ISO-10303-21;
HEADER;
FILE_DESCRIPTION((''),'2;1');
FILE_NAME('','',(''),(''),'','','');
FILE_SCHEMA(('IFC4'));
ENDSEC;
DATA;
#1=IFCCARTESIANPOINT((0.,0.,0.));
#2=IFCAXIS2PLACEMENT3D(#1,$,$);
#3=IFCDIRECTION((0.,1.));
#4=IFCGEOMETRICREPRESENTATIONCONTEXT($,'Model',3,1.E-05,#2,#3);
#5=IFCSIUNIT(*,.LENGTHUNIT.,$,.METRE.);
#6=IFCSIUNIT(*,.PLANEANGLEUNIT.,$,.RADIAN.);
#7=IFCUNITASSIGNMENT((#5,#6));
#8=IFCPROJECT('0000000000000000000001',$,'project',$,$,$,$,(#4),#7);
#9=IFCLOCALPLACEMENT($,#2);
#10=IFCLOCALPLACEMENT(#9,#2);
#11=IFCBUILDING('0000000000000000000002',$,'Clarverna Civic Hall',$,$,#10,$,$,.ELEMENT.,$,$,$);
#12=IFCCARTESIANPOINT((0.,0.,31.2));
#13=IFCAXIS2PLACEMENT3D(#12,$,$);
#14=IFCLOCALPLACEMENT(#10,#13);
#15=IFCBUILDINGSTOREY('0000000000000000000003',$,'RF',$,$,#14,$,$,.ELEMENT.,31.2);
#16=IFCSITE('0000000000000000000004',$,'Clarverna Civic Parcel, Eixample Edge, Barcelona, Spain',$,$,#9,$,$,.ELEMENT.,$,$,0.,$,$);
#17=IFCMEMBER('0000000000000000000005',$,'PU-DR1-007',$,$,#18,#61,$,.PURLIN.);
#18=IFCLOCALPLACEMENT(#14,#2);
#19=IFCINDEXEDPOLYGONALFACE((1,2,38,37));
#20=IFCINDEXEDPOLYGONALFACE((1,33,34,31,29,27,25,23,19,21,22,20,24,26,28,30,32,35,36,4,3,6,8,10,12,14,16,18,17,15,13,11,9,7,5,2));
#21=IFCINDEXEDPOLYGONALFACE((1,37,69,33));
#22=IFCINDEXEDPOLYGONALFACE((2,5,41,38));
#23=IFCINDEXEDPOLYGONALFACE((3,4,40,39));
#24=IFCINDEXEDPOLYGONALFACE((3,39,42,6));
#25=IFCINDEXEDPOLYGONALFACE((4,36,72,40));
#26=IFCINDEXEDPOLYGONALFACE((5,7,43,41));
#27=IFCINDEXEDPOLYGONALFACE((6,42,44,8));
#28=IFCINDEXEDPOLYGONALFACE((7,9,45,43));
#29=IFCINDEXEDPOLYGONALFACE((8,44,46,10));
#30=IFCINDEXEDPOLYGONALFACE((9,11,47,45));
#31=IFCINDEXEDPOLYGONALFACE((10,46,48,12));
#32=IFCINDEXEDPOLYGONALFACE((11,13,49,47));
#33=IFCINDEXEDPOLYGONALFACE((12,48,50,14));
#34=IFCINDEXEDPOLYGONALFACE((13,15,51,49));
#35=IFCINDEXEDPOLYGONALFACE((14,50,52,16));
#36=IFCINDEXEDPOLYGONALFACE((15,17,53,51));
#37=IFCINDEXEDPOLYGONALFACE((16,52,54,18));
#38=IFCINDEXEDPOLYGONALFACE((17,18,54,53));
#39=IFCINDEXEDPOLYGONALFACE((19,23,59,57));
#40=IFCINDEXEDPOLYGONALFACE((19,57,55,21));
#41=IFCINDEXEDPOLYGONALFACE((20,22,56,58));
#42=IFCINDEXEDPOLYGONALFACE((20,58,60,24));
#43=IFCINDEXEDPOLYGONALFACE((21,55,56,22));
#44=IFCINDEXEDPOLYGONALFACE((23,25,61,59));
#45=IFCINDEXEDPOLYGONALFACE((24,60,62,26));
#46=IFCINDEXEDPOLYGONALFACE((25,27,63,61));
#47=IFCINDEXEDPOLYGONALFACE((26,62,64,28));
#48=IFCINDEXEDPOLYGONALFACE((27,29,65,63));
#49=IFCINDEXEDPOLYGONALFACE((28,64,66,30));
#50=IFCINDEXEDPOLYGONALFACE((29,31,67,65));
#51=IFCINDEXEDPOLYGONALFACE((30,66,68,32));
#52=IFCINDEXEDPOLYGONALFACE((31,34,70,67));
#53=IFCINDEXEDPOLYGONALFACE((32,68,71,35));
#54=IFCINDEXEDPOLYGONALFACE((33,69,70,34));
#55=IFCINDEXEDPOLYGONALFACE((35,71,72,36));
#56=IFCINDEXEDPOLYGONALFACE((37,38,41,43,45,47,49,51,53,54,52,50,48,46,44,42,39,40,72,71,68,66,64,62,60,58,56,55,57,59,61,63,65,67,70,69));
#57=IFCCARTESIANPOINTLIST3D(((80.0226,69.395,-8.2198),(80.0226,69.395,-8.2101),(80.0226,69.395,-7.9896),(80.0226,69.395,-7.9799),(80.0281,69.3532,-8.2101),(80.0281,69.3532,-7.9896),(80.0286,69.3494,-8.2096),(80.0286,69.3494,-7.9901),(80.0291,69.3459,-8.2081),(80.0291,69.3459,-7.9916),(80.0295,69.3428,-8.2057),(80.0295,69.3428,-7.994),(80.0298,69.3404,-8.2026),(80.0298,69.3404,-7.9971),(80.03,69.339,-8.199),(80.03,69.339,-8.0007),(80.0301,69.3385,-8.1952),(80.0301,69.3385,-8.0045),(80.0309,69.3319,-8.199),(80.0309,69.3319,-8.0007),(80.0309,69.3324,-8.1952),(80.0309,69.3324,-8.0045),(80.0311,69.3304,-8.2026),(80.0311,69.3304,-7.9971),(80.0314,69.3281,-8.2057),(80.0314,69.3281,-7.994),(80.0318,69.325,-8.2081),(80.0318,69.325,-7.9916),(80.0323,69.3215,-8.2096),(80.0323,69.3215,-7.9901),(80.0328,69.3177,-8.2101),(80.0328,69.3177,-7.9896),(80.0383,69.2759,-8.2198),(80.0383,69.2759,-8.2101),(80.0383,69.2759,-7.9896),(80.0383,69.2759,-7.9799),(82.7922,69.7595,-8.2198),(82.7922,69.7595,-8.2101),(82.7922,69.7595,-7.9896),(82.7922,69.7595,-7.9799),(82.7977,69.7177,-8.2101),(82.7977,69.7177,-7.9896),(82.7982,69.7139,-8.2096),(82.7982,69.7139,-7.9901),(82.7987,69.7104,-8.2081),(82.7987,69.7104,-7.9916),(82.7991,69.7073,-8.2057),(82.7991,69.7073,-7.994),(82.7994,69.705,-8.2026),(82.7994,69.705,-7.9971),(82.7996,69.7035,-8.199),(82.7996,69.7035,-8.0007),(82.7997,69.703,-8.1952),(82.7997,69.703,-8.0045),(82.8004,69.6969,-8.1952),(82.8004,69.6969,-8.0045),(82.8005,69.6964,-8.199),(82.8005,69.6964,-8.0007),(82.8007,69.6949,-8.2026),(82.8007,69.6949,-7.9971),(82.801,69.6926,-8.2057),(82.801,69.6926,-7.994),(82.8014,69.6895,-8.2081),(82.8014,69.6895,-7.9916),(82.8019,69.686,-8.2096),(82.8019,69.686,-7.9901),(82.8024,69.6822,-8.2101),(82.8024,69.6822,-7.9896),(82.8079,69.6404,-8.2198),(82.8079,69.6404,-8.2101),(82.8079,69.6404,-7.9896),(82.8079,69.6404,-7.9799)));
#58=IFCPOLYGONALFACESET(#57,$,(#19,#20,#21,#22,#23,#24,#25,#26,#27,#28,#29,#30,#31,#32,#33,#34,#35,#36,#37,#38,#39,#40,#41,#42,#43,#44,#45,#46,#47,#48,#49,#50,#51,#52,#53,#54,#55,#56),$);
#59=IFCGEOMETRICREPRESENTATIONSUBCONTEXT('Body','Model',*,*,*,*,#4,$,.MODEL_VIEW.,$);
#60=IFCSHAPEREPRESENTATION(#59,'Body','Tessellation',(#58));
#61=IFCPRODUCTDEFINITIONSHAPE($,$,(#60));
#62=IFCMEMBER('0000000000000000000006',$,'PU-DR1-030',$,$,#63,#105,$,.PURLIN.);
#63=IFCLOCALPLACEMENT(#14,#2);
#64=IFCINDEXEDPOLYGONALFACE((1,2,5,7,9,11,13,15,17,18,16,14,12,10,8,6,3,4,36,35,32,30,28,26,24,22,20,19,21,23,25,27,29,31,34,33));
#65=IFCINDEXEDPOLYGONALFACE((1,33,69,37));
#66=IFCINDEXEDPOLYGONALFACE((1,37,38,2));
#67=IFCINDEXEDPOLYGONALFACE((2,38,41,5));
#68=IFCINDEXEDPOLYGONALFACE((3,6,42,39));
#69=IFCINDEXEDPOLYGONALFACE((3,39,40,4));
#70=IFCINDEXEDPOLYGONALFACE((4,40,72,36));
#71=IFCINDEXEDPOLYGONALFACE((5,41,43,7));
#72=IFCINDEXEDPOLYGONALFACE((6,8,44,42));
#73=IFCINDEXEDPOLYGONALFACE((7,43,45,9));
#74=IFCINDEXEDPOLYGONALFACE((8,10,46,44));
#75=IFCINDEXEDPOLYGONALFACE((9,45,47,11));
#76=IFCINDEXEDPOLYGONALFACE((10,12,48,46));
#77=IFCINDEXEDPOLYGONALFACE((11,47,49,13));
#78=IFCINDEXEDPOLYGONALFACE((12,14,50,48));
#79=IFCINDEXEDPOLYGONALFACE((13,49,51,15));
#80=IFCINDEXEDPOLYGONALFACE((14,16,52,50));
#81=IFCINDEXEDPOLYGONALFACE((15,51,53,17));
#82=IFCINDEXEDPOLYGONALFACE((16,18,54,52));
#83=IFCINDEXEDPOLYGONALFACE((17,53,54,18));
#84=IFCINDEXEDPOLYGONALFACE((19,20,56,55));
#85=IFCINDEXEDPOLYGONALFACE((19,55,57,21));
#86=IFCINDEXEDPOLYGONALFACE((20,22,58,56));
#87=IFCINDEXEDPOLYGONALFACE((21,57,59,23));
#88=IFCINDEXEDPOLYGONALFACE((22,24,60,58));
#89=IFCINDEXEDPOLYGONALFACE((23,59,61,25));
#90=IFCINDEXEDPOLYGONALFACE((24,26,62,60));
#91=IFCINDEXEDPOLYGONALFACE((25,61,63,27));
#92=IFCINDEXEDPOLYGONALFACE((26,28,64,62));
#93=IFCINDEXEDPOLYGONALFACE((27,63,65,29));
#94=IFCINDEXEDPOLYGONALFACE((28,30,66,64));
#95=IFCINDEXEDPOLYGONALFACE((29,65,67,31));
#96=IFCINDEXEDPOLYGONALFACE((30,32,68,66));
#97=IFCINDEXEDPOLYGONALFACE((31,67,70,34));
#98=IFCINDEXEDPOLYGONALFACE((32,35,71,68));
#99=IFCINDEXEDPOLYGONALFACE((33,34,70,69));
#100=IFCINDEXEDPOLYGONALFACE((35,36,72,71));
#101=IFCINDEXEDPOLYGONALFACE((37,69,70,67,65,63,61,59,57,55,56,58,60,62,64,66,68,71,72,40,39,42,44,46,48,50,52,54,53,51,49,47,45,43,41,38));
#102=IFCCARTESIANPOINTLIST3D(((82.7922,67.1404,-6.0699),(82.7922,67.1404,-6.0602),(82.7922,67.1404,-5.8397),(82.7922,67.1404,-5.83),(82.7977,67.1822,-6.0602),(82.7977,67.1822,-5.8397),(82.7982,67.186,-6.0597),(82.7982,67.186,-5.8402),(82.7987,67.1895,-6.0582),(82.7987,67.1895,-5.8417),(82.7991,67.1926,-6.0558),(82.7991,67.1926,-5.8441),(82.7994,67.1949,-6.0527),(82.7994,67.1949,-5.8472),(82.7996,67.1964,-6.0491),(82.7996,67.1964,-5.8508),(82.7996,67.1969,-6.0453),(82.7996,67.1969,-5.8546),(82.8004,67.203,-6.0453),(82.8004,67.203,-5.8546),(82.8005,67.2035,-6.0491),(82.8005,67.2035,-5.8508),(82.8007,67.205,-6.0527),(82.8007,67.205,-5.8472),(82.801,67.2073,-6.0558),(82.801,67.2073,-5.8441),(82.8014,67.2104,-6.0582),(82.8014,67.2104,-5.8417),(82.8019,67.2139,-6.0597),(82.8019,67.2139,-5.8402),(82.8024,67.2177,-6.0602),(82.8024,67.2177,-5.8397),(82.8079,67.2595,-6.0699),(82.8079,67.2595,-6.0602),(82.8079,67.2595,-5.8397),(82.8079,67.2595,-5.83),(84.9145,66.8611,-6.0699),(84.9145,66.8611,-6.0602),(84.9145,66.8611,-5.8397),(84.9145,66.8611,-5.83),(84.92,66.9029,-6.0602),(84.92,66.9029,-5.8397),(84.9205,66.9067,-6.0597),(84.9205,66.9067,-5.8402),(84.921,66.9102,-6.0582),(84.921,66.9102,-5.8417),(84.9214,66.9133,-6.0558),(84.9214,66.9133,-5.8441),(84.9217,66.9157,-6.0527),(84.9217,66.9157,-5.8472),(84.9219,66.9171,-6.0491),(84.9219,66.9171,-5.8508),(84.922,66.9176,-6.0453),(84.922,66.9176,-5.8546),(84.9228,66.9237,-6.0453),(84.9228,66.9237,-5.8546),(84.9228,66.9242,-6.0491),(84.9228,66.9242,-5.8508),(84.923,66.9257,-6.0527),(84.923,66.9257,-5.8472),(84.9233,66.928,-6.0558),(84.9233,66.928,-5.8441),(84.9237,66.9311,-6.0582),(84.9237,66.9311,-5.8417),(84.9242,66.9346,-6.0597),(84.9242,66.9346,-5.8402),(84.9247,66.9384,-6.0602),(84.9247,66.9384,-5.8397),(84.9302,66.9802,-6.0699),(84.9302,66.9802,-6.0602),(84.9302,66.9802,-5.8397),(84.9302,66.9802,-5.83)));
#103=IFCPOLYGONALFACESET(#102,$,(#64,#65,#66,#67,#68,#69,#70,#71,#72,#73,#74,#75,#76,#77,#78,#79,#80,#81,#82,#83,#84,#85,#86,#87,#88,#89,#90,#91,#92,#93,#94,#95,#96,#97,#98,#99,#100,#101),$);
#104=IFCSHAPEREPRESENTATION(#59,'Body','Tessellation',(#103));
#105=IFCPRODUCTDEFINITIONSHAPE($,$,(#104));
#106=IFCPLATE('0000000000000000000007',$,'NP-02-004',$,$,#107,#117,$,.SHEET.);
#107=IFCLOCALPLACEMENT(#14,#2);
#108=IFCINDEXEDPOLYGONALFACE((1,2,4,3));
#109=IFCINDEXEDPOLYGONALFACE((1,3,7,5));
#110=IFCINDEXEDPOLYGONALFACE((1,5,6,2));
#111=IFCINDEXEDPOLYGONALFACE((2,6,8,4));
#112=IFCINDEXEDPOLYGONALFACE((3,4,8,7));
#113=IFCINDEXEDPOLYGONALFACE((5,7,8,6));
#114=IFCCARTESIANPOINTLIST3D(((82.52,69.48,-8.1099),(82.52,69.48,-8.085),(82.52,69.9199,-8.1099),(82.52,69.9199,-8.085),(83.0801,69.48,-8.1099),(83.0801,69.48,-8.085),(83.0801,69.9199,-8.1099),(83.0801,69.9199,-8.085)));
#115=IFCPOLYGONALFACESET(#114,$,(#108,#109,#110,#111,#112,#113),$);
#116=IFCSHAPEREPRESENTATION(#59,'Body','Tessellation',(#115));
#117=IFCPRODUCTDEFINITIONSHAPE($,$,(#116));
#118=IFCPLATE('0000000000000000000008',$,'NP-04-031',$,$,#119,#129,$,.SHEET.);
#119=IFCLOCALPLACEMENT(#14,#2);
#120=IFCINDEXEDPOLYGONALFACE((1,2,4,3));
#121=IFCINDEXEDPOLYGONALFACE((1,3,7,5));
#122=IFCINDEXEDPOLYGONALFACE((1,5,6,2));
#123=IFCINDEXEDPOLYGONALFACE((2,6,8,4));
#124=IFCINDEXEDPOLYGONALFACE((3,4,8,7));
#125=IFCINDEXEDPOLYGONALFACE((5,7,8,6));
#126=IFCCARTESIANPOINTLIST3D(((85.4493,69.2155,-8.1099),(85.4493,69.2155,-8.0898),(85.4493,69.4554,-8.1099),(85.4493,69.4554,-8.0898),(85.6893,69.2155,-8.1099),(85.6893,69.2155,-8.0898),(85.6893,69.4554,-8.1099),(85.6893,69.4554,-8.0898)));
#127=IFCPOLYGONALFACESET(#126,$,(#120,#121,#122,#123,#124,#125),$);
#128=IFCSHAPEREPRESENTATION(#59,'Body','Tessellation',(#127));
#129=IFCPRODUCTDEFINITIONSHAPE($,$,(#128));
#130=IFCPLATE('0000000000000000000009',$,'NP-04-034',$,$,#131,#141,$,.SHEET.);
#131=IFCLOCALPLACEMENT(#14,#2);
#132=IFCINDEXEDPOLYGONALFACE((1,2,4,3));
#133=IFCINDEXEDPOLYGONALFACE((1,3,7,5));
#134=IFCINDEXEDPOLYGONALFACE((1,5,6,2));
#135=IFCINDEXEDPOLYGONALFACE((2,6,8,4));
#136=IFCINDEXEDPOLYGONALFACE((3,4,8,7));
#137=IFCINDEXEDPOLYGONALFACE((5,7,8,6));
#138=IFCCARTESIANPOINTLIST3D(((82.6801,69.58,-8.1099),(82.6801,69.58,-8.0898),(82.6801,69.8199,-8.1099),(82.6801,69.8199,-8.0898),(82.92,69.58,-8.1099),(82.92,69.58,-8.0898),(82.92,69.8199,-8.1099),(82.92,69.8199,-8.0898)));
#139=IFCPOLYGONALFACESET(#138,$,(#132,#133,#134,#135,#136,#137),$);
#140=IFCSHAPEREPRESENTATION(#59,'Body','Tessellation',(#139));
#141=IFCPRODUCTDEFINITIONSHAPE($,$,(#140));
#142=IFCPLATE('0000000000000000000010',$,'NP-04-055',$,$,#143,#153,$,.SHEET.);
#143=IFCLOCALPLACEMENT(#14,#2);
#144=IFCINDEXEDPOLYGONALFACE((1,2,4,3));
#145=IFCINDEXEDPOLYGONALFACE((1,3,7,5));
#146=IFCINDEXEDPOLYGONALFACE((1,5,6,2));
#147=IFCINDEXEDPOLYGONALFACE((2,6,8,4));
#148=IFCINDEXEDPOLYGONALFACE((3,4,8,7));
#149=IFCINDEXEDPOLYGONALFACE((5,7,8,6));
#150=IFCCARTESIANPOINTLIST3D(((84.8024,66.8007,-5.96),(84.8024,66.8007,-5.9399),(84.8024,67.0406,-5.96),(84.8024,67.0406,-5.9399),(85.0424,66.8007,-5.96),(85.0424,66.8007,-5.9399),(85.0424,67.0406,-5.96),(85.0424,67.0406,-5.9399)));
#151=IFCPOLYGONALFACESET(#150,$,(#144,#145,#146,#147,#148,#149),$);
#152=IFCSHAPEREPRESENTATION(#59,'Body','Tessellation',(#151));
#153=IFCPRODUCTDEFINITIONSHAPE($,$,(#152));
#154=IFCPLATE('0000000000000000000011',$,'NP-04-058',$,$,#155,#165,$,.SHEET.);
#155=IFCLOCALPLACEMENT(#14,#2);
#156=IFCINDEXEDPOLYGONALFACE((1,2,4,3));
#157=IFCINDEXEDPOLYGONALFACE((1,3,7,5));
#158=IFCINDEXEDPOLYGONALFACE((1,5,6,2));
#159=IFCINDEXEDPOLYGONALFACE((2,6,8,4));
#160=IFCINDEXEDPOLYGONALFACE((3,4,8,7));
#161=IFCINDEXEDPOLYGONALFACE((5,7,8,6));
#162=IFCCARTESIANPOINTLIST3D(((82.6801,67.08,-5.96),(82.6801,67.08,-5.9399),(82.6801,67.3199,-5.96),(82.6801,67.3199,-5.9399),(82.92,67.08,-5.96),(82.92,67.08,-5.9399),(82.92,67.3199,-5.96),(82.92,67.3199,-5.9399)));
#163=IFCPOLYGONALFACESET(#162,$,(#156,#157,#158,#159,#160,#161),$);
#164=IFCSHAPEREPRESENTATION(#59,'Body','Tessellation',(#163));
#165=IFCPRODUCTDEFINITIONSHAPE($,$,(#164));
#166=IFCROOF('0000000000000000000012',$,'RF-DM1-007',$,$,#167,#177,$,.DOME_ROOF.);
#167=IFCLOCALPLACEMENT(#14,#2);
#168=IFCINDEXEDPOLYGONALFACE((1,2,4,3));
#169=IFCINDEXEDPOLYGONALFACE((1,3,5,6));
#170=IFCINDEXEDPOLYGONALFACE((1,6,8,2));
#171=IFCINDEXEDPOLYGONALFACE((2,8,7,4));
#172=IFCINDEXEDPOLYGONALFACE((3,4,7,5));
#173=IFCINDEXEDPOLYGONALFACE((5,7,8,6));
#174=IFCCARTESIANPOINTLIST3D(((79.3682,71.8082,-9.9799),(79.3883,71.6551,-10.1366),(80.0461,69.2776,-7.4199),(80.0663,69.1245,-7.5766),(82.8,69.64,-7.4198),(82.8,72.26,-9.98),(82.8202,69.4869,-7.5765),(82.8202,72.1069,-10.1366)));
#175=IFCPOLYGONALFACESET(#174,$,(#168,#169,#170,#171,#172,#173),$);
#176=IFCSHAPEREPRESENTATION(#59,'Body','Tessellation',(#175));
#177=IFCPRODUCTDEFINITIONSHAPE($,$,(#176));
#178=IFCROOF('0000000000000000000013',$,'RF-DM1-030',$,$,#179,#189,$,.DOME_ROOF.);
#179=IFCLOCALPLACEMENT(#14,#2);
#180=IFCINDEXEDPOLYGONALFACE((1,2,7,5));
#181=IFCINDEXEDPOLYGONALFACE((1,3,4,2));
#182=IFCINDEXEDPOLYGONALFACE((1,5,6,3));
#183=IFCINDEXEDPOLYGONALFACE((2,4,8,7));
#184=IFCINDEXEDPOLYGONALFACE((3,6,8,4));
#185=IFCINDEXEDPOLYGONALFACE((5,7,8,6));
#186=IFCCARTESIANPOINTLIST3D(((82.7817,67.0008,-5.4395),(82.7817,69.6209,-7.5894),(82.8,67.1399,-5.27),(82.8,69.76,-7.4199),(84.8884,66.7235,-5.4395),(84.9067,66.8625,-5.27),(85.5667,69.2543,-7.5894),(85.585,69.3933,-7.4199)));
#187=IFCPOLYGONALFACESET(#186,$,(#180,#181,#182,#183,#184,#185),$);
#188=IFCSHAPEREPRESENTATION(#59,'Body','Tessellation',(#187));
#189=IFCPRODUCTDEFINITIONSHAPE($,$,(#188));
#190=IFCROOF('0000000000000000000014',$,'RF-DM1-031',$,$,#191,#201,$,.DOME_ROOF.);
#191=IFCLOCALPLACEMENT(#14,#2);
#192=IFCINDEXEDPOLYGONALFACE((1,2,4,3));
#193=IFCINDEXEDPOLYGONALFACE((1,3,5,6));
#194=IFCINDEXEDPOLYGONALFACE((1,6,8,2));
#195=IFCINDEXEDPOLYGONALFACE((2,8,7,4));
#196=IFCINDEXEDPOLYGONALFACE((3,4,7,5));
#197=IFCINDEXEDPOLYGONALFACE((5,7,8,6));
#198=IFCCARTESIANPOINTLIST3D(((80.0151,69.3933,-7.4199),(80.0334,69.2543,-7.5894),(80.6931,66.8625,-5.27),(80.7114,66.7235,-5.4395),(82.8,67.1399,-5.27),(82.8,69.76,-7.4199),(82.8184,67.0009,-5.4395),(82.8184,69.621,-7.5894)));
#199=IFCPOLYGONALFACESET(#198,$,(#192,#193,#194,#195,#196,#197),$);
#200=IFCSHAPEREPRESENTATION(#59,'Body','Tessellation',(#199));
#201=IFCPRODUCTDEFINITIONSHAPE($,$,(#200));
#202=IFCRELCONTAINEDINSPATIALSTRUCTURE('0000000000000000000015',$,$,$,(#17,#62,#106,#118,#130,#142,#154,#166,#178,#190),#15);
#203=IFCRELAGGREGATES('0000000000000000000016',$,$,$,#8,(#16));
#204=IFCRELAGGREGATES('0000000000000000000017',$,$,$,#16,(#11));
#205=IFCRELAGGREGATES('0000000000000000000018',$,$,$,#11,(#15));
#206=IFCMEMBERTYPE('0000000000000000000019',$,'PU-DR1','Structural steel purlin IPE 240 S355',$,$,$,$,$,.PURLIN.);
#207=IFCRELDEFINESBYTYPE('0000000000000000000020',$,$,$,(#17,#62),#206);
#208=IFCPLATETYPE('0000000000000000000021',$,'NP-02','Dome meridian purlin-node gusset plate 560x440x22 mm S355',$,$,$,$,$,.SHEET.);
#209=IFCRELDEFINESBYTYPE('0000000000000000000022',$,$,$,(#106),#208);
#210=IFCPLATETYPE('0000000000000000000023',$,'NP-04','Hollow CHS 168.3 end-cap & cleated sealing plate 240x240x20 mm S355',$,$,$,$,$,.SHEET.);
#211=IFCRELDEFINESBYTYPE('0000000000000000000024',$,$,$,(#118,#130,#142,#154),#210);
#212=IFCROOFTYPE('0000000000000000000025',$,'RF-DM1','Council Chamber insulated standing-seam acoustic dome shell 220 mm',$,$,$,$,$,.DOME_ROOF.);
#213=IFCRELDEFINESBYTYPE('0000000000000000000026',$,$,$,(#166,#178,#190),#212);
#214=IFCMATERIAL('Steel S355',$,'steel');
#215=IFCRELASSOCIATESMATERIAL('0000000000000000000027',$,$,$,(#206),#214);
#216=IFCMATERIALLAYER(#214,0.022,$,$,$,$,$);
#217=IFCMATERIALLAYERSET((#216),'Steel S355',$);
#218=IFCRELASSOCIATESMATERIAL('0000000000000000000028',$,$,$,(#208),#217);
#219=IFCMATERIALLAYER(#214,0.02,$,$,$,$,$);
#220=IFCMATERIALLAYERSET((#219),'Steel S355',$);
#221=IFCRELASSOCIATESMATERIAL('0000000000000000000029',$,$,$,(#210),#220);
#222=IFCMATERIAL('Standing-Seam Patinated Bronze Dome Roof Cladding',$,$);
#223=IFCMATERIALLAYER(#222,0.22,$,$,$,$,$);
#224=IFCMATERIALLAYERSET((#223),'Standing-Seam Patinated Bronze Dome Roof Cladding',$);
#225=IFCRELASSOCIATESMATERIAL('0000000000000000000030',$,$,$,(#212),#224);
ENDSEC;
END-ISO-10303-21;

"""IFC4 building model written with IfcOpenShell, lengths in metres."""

from ifc_helpers import new_model, si_unit, direction, frame, origin, origin_2d, place, context, subcontext, project, spatial, polyline, rectangle, i_section, outline, extrude, material, layer, layer_set, material_profile, profile_set, type_object, element, save


model = new_model("IFC4")

# Units and contexts
model_context = context("Model", 3, precision=1e-05, world=origin(), true_north=direction((0.0, 1.0)))
body_context = subcontext(model_context, "Body", "Model", "MODEL_VIEW")
ifc_project = project(units=[si_unit("LENGTHUNIT", "METRE"), si_unit("PLANEANGLEUNIT", "RADIAN")], contexts=[model_context])

# Site, building, storey
site_placement = place(None, origin())
site = spatial("IfcSite", under=ifc_project, at=site_placement, Name="Clarverna Civic Parcel, Eixample Edge, Barcelona, Spain", CompositionType="ELEMENT", RefElevation=0.0)
building_placement = place(site_placement, origin())
building = spatial("IfcBuilding", under=site, at=building_placement, Name="Clarverna Civic Hall", CompositionType="ELEMENT")
storey_placement = place(building_placement, frame((0.0, 0.0, 31.2)))
storey = spatial("IfcBuildingStorey", under=building, at=storey_placement, Name="RF", CompositionType="ELEMENT", Elevation=31.2)

# Members
ifc_material_1 = material(Name="Steel S355", Category="steel")
ifc_material_profile_1 = material_profile(ifc_material_1, i_section(OverallWidth=0.1201, OverallDepth=0.24, WebThickness=0.0061, FlangeThickness=0.0098, FilletRadius=0.0149, at=origin_2d()), Name="IPE 240")
ifc_profile_set_1 = profile_set([ifc_material_profile_1], Name="Steel S355")
member_type_1 = type_object("IfcMemberType", Name="PU-DR1", Description="Structural steel purlin IPE 240 S355", PredefinedType="PURLIN", material=ifc_profile_set_1)
member_1_placement = place(storey_placement, frame((82.8, 69.7, -8.0999), z_axis=(-0.99145, -0.130486, 0.0), x_axis=(0.130486, -0.99145, 0.0)))
element("IfcMember", 1, at=member_1_placement, inside=storey, type_object=member_type_1, Name="PU-DR1-007", PredefinedType="PURLIN", context=body_context, shape_type="SweptSolid", body=[
    extrude(i_section(OverallWidth=0.1201, OverallDepth=0.24, WebThickness=0.0061, FlangeThickness=0.0098, FilletRadius=0.0149, at=origin_2d()), origin(), (0.0, 0.0, 1.0), 2.7935),
])
member_2_placement = place(storey_placement, frame((84.9224, 66.9207, -5.95), z_axis=(-0.991452, 0.130475, 0.0), x_axis=(-0.130475, -0.991452, 0.0)))
element("IfcMember", 2, at=member_2_placement, inside=storey, type_object=member_type_1, Name="PU-DR1-030", PredefinedType="PURLIN", context=body_context, shape_type="SweptSolid", body=[
    extrude(i_section(OverallWidth=0.1201, OverallDepth=0.24, WebThickness=0.0061, FlangeThickness=0.0098, FilletRadius=0.0149, at=origin_2d()), origin(), (0.0, 0.0, 1.0), 2.1406),
])

# Plates
ifc_layer_1 = layer(ifc_material_1, 0.022)
ifc_layer_set_1 = layer_set([ifc_layer_1], Name="Steel S355")
plate_type_1 = type_object("IfcPlateType", Name="NP-02", Description="Dome meridian purlin-node gusset plate 560x440x22 mm S355", PredefinedType="SHEET", material=ifc_layer_set_1)
plate_placement = place(storey_placement, frame((82.8, 69.7, -8.1099), z_axis=(0.0, 0.0, 1.0), x_axis=(1.0, 0.0, 0.0)))
element("IfcPlate", 3, at=plate_placement, inside=storey, type_object=plate_type_1, Name="NP-02-004", PredefinedType="SHEET", context=body_context, shape_type="SweptSolid", body=[
    extrude(rectangle(XDim=0.5601, YDim=0.4399, at=origin_2d()), origin(), (0.0, 0.0, 1.0), 0.0249),
])
ifc_layer_2 = layer(ifc_material_1, 0.02)
ifc_layer_set_2 = layer_set([ifc_layer_2], Name="Steel S355")
plate_type_2 = type_object("IfcPlateType", Name="NP-04", Description="Hollow CHS 168.3 end-cap & cleated sealing plate 240x240x20 mm S355", PredefinedType="SHEET", material=ifc_layer_set_2)
for number, where, z_axis, x_axis, name in (
    (4, (85.5693, 69.3354, -8.1099), (0.0, 0.0, 1.0), (1.0, 0.0, 0.0), "NP-04-031"),
    (5, (82.8, 69.7, -8.1099), (0.0, 0.0, 1.0), (1.0, 0.0, 0.0), "NP-04-034"),
    (6, (84.9224, 66.9207, -5.96), (0.0, 0.0, 1.0), (1.0, 0.0, 0.0), "NP-04-055"),
    (7, (82.8, 67.2, -5.96), (0.0, 0.0, 1.0), (1.0, 0.0, 0.0), "NP-04-058"),
):
    element("IfcPlate", number, at=place(storey_placement, frame(where, z_axis=z_axis, x_axis=x_axis)), inside=storey, type_object=plate_type_2, Name=name, PredefinedType="SHEET", context=body_context, shape_type="SweptSolid", body=[
        extrude(rectangle(XDim=0.24, YDim=0.24, at=origin_2d()), origin(), (0.0, 0.0, 1.0), 0.02),
    ])

# Roofs
ifc_material_2 = material(Name="Standing-Seam Patinated Bronze Dome Roof Cladding")
ifc_layer_3 = layer(ifc_material_2, 0.22)
ifc_layer_set_3 = layer_set([ifc_layer_3], Name="Standing-Seam Patinated Bronze Dome Roof Cladding")
roof_type = type_object("IfcRoofType", Name="RF-DM1", Description="Council Chamber insulated standing-seam acoustic dome shell 220 mm", PredefinedType="DOME_ROOF", material=ifc_layer_set_3)
roof_1_placement = place(storey_placement, frame((82.8, 72.26, -9.98), z_axis=(-0.091605, 0.695948, 0.712226), x_axis=(-0.991445, -0.130526, 0.000026)))
element("IfcRoof", 8, at=roof_1_placement, inside=storey, type_object=roof_type, Name="RF-DM1-007", PredefinedType="DOME_ROOF", context=body_context, shape_type="SweptSolid", body=[
    extrude(outline(polyline([(0.0, 0.0), (3.4615, 0.0), (3.1197, 3.6469), (0.3421, 3.6472), (0.0, 0.0)])), origin(), (0.0, 0.0, -1.0), 0.22),
])
roof_2_placement = place(storey_placement, frame((85.585, 69.3933, -7.4199), z_axis=(0.083228, 0.632131, 0.770379), x_axis=(-0.991443, 0.130543, -0.000005)))
element("IfcRoof", 9, at=roof_2_placement, inside=storey, type_object=roof_type, Name="RF-DM1-030", PredefinedType="DOME_ROOF", context=body_context, shape_type="SweptSolid", body=[
    extrude(outline(polyline([(0.0, 0.0), (2.809, 0.0), (2.4669, 3.372), (0.342, 3.3719), (0.0, 0.0)])), origin(), (0.0, 0.0, -1.0), 0.22),
])
roof_3_placement = place(storey_placement, frame((82.8, 69.76, -7.4199), z_axis=(-0.083224, 0.632134, 0.770377), x_axis=(-0.991443, -0.13054, 0.000008)))
element("IfcRoof", 10, at=roof_3_placement, inside=storey, type_object=roof_type, Name="RF-DM1-031", PredefinedType="DOME_ROOF", context=body_context, shape_type="SweptSolid", body=[
    extrude(outline(polyline([(0.0, 0.0), (2.809, 0.0), (2.4672, 3.3719), (0.342, 3.372), (0.0, 0.0)])), origin(), (0.0, 0.0, -1.0), 0.22),
])

save(model, "model.ifc")
